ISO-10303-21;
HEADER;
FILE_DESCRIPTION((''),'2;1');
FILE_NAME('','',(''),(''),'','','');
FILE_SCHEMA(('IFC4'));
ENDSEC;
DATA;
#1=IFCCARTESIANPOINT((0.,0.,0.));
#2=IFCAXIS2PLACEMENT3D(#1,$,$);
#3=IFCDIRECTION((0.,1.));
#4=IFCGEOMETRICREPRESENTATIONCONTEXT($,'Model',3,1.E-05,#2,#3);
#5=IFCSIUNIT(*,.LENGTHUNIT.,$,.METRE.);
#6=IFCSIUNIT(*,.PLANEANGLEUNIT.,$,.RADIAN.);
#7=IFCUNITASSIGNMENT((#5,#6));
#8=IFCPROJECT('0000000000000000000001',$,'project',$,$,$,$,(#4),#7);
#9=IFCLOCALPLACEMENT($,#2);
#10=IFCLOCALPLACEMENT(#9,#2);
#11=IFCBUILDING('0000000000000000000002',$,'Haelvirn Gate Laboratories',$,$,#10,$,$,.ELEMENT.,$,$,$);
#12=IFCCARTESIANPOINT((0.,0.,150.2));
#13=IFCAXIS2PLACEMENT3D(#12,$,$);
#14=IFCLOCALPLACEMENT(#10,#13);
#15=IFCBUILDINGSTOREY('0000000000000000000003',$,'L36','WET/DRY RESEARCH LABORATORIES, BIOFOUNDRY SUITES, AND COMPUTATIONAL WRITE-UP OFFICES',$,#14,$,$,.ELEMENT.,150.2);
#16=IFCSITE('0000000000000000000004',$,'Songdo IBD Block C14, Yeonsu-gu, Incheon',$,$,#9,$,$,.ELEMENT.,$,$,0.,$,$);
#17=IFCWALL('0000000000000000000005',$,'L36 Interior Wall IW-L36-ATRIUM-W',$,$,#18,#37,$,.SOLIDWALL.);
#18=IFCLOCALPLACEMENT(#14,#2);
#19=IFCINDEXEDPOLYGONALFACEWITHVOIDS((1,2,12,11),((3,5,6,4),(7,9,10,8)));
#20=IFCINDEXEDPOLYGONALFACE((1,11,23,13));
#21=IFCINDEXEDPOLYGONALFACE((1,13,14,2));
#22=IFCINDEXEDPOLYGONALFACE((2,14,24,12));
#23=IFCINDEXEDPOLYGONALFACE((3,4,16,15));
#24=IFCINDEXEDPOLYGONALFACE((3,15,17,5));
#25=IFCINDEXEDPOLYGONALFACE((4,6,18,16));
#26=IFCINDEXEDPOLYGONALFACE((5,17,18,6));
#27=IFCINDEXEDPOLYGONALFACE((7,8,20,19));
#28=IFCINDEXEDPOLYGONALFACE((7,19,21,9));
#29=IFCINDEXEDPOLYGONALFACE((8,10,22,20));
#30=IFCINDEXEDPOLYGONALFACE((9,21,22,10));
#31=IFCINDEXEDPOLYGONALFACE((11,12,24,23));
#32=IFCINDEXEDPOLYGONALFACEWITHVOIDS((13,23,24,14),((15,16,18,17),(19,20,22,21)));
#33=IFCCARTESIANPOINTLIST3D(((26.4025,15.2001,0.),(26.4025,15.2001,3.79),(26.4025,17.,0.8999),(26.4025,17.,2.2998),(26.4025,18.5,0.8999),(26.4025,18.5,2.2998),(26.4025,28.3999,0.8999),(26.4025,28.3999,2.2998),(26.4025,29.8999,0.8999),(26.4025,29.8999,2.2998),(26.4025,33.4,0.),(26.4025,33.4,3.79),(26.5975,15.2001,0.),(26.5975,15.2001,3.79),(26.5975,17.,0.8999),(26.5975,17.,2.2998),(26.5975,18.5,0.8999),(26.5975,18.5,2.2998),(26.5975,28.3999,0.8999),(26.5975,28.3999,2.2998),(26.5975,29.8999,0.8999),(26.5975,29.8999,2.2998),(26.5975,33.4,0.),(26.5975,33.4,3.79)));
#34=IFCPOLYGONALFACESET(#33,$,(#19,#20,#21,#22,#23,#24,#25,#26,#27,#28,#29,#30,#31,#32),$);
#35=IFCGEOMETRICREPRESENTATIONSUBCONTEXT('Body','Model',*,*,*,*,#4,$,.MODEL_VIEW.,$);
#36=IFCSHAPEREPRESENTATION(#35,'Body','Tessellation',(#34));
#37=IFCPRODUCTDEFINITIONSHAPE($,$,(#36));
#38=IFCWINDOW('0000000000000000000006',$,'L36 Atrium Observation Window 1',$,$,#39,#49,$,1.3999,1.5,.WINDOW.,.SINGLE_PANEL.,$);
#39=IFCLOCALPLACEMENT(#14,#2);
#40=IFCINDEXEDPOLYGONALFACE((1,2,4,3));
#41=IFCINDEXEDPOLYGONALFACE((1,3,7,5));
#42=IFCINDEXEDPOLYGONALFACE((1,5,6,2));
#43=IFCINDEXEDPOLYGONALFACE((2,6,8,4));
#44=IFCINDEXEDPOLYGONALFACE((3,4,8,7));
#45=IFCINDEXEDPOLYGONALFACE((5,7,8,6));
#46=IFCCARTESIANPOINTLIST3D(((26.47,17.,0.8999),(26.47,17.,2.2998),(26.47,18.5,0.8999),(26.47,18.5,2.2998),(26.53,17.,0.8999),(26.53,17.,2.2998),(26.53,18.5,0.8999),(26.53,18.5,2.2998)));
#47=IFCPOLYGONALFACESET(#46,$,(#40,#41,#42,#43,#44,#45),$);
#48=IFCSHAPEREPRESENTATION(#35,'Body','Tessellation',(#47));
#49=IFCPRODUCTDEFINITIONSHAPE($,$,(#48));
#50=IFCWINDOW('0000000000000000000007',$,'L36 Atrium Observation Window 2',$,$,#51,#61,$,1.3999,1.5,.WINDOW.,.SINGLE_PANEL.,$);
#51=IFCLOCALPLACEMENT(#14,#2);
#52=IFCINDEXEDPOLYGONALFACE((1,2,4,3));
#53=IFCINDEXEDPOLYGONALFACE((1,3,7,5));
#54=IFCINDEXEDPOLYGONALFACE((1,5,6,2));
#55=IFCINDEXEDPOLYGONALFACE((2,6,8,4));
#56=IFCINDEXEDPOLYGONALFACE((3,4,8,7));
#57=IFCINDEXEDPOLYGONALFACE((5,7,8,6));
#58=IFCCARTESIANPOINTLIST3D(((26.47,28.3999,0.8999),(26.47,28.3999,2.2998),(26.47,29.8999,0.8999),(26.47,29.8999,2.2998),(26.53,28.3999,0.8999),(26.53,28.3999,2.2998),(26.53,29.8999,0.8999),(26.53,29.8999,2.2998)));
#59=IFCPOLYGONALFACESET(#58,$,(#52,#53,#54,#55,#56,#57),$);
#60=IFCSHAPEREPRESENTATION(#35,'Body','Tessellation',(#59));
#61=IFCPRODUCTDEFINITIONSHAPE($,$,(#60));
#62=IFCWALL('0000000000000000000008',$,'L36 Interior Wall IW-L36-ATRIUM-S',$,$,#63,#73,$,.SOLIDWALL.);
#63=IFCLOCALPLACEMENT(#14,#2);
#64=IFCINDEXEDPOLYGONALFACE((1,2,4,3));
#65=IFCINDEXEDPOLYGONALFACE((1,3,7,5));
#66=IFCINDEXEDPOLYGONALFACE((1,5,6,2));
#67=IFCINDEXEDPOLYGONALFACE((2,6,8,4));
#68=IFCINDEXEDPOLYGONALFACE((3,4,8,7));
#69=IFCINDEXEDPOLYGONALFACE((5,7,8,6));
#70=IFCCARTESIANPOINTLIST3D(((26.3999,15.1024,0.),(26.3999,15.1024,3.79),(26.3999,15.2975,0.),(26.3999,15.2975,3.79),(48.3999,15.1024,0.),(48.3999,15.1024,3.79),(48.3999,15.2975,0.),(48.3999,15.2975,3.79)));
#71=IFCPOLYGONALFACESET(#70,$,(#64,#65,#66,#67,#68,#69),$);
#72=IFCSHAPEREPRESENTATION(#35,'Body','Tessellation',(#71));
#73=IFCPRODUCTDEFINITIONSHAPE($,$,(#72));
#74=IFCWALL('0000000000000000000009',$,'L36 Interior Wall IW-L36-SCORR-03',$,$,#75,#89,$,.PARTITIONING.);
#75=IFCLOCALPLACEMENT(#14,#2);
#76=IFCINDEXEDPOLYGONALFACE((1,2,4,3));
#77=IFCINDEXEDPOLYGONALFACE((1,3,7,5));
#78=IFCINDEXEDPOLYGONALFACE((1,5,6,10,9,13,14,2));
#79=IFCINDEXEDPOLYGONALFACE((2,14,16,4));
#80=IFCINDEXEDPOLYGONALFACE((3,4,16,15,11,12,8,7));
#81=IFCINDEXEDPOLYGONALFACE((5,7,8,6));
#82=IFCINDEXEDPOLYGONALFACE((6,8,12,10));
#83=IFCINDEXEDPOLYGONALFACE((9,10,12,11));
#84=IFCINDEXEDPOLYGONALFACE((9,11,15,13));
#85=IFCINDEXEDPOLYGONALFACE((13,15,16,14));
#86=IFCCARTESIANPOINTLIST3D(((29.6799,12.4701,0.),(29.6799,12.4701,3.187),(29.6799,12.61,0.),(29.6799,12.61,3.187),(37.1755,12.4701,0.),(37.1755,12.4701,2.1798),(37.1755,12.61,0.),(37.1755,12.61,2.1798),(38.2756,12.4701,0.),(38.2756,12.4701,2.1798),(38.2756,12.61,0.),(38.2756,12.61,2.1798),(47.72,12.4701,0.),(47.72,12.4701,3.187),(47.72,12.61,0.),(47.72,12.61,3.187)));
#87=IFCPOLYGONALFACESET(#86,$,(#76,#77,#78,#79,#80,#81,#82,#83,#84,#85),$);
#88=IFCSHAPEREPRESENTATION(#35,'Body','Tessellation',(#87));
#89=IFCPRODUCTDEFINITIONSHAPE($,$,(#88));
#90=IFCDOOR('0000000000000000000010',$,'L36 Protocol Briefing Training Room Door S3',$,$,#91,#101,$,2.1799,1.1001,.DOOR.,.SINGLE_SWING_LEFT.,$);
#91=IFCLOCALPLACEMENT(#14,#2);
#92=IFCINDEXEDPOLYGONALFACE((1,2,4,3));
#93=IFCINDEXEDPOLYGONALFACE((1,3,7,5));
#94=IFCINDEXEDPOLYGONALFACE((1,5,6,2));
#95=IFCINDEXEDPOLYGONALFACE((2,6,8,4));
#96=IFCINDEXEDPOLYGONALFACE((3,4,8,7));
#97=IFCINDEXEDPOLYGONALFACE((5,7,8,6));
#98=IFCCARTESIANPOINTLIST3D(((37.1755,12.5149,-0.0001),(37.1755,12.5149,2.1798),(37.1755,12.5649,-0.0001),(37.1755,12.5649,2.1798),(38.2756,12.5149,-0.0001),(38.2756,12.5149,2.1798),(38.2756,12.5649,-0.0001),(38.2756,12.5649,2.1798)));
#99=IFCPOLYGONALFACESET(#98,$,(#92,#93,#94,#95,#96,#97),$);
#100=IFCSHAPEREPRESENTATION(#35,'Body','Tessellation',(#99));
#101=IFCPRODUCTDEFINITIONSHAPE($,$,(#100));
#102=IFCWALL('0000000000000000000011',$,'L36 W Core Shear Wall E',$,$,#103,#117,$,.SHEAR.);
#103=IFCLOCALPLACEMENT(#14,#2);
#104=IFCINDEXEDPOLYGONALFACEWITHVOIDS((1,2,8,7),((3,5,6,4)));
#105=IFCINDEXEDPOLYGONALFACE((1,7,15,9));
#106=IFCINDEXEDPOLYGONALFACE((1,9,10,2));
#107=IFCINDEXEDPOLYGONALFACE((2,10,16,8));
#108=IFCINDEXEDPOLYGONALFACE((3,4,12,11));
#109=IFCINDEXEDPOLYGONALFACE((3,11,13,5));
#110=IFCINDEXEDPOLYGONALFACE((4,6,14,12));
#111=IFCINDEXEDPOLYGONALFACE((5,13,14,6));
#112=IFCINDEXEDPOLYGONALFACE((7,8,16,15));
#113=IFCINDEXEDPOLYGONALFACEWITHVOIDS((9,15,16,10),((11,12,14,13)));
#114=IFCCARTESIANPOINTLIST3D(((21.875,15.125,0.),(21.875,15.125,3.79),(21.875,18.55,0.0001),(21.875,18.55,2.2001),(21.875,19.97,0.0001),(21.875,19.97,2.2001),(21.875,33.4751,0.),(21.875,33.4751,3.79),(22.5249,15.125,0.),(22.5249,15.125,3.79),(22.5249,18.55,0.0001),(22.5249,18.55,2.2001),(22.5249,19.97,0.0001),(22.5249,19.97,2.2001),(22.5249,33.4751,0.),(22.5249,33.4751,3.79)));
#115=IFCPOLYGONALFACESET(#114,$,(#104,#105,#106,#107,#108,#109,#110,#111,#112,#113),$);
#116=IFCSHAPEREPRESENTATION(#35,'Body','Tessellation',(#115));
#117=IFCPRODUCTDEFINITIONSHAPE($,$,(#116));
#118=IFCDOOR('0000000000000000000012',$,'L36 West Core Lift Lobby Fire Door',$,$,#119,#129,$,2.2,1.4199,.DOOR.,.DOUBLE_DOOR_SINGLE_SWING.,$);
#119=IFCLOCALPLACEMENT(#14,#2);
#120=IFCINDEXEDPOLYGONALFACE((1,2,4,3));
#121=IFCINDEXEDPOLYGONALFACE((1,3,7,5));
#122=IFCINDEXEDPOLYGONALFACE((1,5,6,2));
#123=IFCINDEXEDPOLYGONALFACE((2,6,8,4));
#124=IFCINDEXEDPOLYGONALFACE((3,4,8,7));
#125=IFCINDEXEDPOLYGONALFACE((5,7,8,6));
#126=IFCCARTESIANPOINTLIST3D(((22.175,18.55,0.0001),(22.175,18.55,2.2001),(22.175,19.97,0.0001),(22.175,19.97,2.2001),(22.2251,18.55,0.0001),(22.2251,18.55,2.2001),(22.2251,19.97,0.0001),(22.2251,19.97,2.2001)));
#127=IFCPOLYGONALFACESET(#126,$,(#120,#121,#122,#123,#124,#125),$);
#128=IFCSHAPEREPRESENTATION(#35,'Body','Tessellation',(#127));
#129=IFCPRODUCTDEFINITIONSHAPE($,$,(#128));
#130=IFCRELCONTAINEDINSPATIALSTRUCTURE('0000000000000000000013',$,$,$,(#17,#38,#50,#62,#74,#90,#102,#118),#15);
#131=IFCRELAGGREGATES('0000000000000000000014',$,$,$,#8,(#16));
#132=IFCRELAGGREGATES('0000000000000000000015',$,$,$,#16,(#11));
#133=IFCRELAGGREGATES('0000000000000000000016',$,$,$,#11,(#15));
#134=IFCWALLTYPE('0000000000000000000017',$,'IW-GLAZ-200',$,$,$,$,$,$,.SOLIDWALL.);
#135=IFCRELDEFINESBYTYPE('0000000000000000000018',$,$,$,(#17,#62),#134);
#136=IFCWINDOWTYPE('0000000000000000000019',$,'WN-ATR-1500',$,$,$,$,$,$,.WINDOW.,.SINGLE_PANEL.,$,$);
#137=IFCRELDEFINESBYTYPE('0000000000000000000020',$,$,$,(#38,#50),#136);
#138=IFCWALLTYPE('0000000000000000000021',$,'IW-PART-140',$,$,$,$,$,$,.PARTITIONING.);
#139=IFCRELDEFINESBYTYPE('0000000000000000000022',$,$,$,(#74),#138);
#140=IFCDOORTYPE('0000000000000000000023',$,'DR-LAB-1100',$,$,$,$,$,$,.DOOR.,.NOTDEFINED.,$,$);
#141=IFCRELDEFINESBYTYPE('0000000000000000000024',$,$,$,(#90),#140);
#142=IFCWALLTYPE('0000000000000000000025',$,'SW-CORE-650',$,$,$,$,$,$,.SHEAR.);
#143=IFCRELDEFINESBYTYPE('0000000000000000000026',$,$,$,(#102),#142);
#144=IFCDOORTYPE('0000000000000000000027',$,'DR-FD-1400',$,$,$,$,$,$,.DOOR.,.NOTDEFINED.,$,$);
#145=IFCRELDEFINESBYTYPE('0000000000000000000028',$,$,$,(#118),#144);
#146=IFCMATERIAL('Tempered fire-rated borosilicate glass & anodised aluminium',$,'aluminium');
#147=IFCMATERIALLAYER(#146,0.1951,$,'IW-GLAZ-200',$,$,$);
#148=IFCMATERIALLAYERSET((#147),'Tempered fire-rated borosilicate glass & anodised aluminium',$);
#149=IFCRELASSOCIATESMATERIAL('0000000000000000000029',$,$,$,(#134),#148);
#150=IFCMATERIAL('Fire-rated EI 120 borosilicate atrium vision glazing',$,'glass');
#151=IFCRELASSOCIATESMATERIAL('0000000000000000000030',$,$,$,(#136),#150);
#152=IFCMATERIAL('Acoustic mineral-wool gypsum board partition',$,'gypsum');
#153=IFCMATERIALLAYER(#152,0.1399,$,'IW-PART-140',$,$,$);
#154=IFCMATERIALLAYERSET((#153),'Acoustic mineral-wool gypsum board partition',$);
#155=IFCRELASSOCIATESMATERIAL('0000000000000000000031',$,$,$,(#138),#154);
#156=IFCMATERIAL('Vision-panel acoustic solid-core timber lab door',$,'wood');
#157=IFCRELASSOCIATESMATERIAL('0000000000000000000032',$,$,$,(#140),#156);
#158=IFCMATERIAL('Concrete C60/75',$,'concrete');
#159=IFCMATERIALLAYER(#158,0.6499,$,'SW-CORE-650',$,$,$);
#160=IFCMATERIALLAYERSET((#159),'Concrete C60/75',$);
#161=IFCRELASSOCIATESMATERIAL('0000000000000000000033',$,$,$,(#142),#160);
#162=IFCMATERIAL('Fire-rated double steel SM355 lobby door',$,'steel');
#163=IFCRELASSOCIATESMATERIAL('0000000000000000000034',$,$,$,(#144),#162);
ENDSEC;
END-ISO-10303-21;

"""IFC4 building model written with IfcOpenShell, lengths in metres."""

from ifc_helpers import new_model, si_unit, direction, frame, frame_2d, origin, place, context, subcontext, project, spatial, rectangle, extrude, source, transform, mapped, material, layer, layer_set, type_object, type_shapes, element, fill, save


model = new_model("IFC4")

# Units and contexts
model_context = context("Model", 3, precision=1e-05, world=origin(), true_north=direction((0.0, 1.0)))
body_context = subcontext(model_context, "Body", "Model", "MODEL_VIEW")
ifc_project = project(units=[si_unit("LENGTHUNIT", "METRE"), si_unit("PLANEANGLEUNIT", "RADIAN")], contexts=[model_context])

# Site, building, storey
site_placement = place(None, origin())
site = spatial("IfcSite", under=ifc_project, at=site_placement, Name="Songdo IBD Block C14, Yeonsu-gu, Incheon", CompositionType="ELEMENT", RefElevation=0.0)
building_placement = place(site_placement, origin())
building = spatial("IfcBuilding", under=site, at=building_placement, Name="Haelvirn Gate Laboratories", CompositionType="ELEMENT")
storey_placement = place(building_placement, frame((0.0, 0.0, 150.2)))
storey = spatial("IfcBuildingStorey", under=building, at=storey_placement, Name="L36", Description="WET/DRY RESEARCH LABORATORIES, BIOFOUNDRY SUITES, AND COMPUTATIONAL WRITE-UP OFFICES", CompositionType="ELEMENT", Elevation=150.2)

# Shared definitions
ifc_material_1 = material(Name="Concrete C60/75", Category="concrete")

# Wall, openings, windows
ifc_material_2 = material(Name="Tempered fire-rated borosilicate glass & anodised aluminium", Category="aluminium")
ifc_layer_1 = layer(ifc_material_2, 0.1951, Name="IW-GLAZ-200")
ifc_layer_set_1 = layer_set([ifc_layer_1], Name="Tempered fire-rated borosilicate glass & anodised aluminium")
wall_type_1 = type_object("IfcWallType", Name="IW-GLAZ-200", PredefinedType="SOLIDWALL", material=ifc_layer_set_1)
wall_1_placement = place(storey_placement, frame((26.5, 15.2, 0.0), z_axis=(0.0, 0.0, 1.0), x_axis=(0.0, 1.0, 0.0)))
wall_1 = element("IfcWall", 1, at=wall_1_placement, inside=storey, type_object=wall_type_1, Name="L36 Interior Wall IW-L36-ATRIUM-W", PredefinedType="SOLIDWALL", context=body_context, shape_type="SweptSolid", body=[
    extrude(rectangle(XDim=18.2, YDim=0.1951, at=frame_2d((9.1001, 0.0))), origin(), (0.0, 0.0, 1.0), 3.79),
])
opening_1_placement = place(wall_1_placement, frame((1.8, 0.0, 0.8999)))
opening_1 = element("IfcOpeningElement", 2, at=opening_1_placement, cuts=wall_1, PredefinedType="OPENING", context=body_context, shape_type="SweptSolid", body=[
    extrude(rectangle(XDim=1.5, YDim=1.3999, at=frame_2d((0.75, 0.7))), frame((0.0, 0.1074, 0.0), z_axis=(0.0, -1.0, 0.0), x_axis=(1.0, 0.0, 0.0)), (0.0, 0.0, 1.0), 0.2151),
])
opening_2_placement = place(wall_1_placement, frame((13.2, 0.0, 0.8999)))
opening_2 = element("IfcOpeningElement", 3, at=opening_2_placement, cuts=wall_1, PredefinedType="OPENING", context=body_context, shape_type="SweptSolid", body=[
    extrude(rectangle(XDim=1.5, YDim=1.3999, at=frame_2d((0.75, 0.7))), frame((0.0, 0.1074, 0.0), z_axis=(0.0, -1.0, 0.0), x_axis=(1.0, 0.0, 0.0)), (0.0, 0.0, 1.0), 0.2151),
])
ifc_material_3 = material(Name="Fire-rated EI 120 borosilicate atrium vision glazing", Category="glass")
window_type = type_object("IfcWindowType", Name="WN-ATR-1500", PartitioningType="SINGLE_PANEL", PredefinedType="WINDOW", material=ifc_material_3)
shared_shape_1 = source(origin(), body_context, "Body", "SweptSolid", [
    extrude(rectangle(XDim=1.5, YDim=1.3999, at=frame_2d((0.75, 0.7))), frame((0.0, 0.03, 0.0), z_axis=(0.0, -1.0, 0.0), x_axis=(1.0, 0.0, 0.0)), (0.0, 0.0, 1.0), 0.0601),
])
type_shapes(window_type, [shared_shape_1])
window_1_placement = place(opening_1_placement, origin())
window_1 = element("IfcWindow", 4, at=window_1_placement, inside=storey, type_object=window_type, Name="L36 Atrium Observation Window 1", OverallHeight=1.3999, OverallWidth=1.5, PartitioningType="SINGLE_PANEL", PredefinedType="WINDOW", context=body_context, shape_type="MappedRepresentation", body=[
    mapped(shared_shape_1, transform((0.0, 0.0, 0.0), scale=1.0)),
])
fill(opening_1, window_1)
window_2_placement = place(opening_2_placement, origin())
window_2 = element("IfcWindow", 5, at=window_2_placement, inside=storey, type_object=window_type, Name="L36 Atrium Observation Window 2", OverallHeight=1.3999, OverallWidth=1.5, PartitioningType="SINGLE_PANEL", PredefinedType="WINDOW", context=body_context, shape_type="MappedRepresentation", body=[
    mapped(shared_shape_1, transform((0.0, 0.0, 0.0), scale=1.0)),
])
fill(opening_2, window_2)

# Wall
wall_2_placement = place(storey_placement, frame((26.3999, 15.2, 0.0), z_axis=(0.0, 0.0, 1.0), x_axis=(1.0, 0.0, 0.0)))
element("IfcWall", 6, at=wall_2_placement, inside=storey, type_object=wall_type_1, Name="L36 Interior Wall IW-L36-ATRIUM-S", PredefinedType="SOLIDWALL", context=body_context, shape_type="SweptSolid", body=[
    extrude(rectangle(XDim=22.0, YDim=0.1951, at=frame_2d((11.0, 0.0))), origin(), (0.0, 0.0, 1.0), 3.79),
])

# Walls, openings, doors
ifc_material_4 = material(Name="Acoustic mineral-wool gypsum board partition", Category="gypsum")
ifc_layer_2 = layer(ifc_material_4, 0.1399, Name="IW-PART-140")
ifc_layer_set_2 = layer_set([ifc_layer_2], Name="Acoustic mineral-wool gypsum board partition")
wall_type_2 = type_object("IfcWallType", Name="IW-PART-140", PredefinedType="PARTITIONING", material=ifc_layer_set_2)
wall_3_placement = place(storey_placement, frame((29.6799, 12.54, 0.0), z_axis=(0.0, 0.0, 1.0), x_axis=(1.0, 0.0, 0.0)))
wall_3 = element("IfcWall", 7, at=wall_3_placement, inside=storey, type_object=wall_type_2, Name="L36 Interior Wall IW-L36-SCORR-03", PredefinedType="PARTITIONING", context=body_context, shape_type="SweptSolid", body=[
    extrude(rectangle(XDim=18.04, YDim=0.1399, at=frame_2d((9.02, 0.0))), origin(), (0.0, 0.0, 1.0), 3.187),
])
opening_3_placement = place(wall_3_placement, frame((7.4956, 0.0, 0.0)))
opening_3 = element("IfcOpeningElement", 8, at=opening_3_placement, cuts=wall_3, PredefinedType="OPENING", context=body_context, shape_type="SweptSolid", body=[
    extrude(rectangle(XDim=1.1001, YDim=2.1799, at=frame_2d((0.55, 1.0898))), frame((0.0, 0.0801, 0.0), z_axis=(0.0, -1.0, 0.0), x_axis=(1.0, 0.0, 0.0)), (0.0, 0.0, 1.0), 0.1599),
])
ifc_material_5 = material(Name="Vision-panel acoustic solid-core timber lab door", Category="wood")
door_type_1 = type_object("IfcDoorType", Name="DR-LAB-1100", OperationType="NOTDEFINED", PredefinedType="DOOR", material=ifc_material_5)
shared_shape_2 = source(origin(), body_context, "Body", "SweptSolid", [
    extrude(rectangle(XDim=1.1001, YDim=2.1799, at=frame_2d((0.55, 1.0898))), frame((0.0, 0.0249, 0.0), z_axis=(0.0, -1.0, 0.0), x_axis=(1.0, 0.0, 0.0)), (0.0, 0.0, 1.0), 0.05),
])
type_shapes(door_type_1, [shared_shape_2])
door_1_placement = place(opening_3_placement, origin())
door_1 = element("IfcDoor", 9, at=door_1_placement, inside=storey, type_object=door_type_1, Name="L36 Protocol Briefing Training Room Door S3", OperationType="SINGLE_SWING_LEFT", OverallHeight=2.1799, OverallWidth=1.1001, PredefinedType="DOOR", context=body_context, shape_type="MappedRepresentation", body=[
    mapped(shared_shape_2, transform((0.0, 0.0, 0.0), scale=1.0)),
])
fill(opening_3, door_1)
ifc_layer_3 = layer(ifc_material_1, 0.6499, Name="SW-CORE-650")
ifc_layer_set_3 = layer_set([ifc_layer_3], Name="Concrete C60/75")
wall_type_3 = type_object("IfcWallType", Name="SW-CORE-650", PredefinedType="SHEAR", material=ifc_layer_set_3)
wall_4_placement = place(storey_placement, frame((22.2, 15.125, 0.0), z_axis=(0.0, 0.0, 1.0), x_axis=(0.0, 1.0, 0.0)))
wall_4 = element("IfcWall", 10, at=wall_4_placement, inside=storey, type_object=wall_type_3, Name="L36 W Core Shear Wall E", PredefinedType="SHEAR", context=body_context, shape_type="SweptSolid", body=[
    extrude(rectangle(XDim=18.3501, YDim=0.6499, at=frame_2d((9.175, 0.0))), origin(), (0.0, 0.0, 1.0), 3.79),
])
opening_4_placement = place(wall_4_placement, frame((3.425, 0.0, 0.0)))
opening_4 = element("IfcOpeningElement", 11, at=opening_4_placement, cuts=wall_4, PredefinedType="OPENING", context=body_context, shape_type="SweptSolid", body=[
    extrude(rectangle(XDim=1.4199, YDim=2.2, at=frame_2d((0.71, 1.1001))), frame((0.0, 0.335, 0.0), z_axis=(0.0, -1.0, 0.0), x_axis=(1.0, 0.0, 0.0)), (0.0, 0.0, 1.0), 0.6699),
])
ifc_material_6 = material(Name="Fire-rated double steel SM355 lobby door", Category="steel")
door_type_2 = type_object("IfcDoorType", Name="DR-FD-1400", OperationType="NOTDEFINED", PredefinedType="DOOR", material=ifc_material_6)
shared_shape_3 = source(origin(), body_context, "Body", "SweptSolid", [
    extrude(rectangle(XDim=1.4199, YDim=2.2, at=frame_2d((0.71, 1.1001))), frame((0.0, 0.0249, 0.0), z_axis=(0.0, -1.0, 0.0), x_axis=(1.0, 0.0, 0.0)), (0.0, 0.0, 1.0), 0.05),
])
type_shapes(door_type_2, [shared_shape_3])
door_2_placement = place(opening_4_placement, origin())
door_2 = element("IfcDoor", 12, at=door_2_placement, inside=storey, type_object=door_type_2, Name="L36 West Core Lift Lobby Fire Door", OperationType="DOUBLE_DOOR_SINGLE_SWING", OverallHeight=2.2, OverallWidth=1.4199, PredefinedType="DOOR", context=body_context, shape_type="MappedRepresentation", body=[
    mapped(shared_shape_3, transform((0.0, 0.0, 0.0), scale=1.0)),
])
fill(opening_4, door_2)

save(model, "model.ifc")
